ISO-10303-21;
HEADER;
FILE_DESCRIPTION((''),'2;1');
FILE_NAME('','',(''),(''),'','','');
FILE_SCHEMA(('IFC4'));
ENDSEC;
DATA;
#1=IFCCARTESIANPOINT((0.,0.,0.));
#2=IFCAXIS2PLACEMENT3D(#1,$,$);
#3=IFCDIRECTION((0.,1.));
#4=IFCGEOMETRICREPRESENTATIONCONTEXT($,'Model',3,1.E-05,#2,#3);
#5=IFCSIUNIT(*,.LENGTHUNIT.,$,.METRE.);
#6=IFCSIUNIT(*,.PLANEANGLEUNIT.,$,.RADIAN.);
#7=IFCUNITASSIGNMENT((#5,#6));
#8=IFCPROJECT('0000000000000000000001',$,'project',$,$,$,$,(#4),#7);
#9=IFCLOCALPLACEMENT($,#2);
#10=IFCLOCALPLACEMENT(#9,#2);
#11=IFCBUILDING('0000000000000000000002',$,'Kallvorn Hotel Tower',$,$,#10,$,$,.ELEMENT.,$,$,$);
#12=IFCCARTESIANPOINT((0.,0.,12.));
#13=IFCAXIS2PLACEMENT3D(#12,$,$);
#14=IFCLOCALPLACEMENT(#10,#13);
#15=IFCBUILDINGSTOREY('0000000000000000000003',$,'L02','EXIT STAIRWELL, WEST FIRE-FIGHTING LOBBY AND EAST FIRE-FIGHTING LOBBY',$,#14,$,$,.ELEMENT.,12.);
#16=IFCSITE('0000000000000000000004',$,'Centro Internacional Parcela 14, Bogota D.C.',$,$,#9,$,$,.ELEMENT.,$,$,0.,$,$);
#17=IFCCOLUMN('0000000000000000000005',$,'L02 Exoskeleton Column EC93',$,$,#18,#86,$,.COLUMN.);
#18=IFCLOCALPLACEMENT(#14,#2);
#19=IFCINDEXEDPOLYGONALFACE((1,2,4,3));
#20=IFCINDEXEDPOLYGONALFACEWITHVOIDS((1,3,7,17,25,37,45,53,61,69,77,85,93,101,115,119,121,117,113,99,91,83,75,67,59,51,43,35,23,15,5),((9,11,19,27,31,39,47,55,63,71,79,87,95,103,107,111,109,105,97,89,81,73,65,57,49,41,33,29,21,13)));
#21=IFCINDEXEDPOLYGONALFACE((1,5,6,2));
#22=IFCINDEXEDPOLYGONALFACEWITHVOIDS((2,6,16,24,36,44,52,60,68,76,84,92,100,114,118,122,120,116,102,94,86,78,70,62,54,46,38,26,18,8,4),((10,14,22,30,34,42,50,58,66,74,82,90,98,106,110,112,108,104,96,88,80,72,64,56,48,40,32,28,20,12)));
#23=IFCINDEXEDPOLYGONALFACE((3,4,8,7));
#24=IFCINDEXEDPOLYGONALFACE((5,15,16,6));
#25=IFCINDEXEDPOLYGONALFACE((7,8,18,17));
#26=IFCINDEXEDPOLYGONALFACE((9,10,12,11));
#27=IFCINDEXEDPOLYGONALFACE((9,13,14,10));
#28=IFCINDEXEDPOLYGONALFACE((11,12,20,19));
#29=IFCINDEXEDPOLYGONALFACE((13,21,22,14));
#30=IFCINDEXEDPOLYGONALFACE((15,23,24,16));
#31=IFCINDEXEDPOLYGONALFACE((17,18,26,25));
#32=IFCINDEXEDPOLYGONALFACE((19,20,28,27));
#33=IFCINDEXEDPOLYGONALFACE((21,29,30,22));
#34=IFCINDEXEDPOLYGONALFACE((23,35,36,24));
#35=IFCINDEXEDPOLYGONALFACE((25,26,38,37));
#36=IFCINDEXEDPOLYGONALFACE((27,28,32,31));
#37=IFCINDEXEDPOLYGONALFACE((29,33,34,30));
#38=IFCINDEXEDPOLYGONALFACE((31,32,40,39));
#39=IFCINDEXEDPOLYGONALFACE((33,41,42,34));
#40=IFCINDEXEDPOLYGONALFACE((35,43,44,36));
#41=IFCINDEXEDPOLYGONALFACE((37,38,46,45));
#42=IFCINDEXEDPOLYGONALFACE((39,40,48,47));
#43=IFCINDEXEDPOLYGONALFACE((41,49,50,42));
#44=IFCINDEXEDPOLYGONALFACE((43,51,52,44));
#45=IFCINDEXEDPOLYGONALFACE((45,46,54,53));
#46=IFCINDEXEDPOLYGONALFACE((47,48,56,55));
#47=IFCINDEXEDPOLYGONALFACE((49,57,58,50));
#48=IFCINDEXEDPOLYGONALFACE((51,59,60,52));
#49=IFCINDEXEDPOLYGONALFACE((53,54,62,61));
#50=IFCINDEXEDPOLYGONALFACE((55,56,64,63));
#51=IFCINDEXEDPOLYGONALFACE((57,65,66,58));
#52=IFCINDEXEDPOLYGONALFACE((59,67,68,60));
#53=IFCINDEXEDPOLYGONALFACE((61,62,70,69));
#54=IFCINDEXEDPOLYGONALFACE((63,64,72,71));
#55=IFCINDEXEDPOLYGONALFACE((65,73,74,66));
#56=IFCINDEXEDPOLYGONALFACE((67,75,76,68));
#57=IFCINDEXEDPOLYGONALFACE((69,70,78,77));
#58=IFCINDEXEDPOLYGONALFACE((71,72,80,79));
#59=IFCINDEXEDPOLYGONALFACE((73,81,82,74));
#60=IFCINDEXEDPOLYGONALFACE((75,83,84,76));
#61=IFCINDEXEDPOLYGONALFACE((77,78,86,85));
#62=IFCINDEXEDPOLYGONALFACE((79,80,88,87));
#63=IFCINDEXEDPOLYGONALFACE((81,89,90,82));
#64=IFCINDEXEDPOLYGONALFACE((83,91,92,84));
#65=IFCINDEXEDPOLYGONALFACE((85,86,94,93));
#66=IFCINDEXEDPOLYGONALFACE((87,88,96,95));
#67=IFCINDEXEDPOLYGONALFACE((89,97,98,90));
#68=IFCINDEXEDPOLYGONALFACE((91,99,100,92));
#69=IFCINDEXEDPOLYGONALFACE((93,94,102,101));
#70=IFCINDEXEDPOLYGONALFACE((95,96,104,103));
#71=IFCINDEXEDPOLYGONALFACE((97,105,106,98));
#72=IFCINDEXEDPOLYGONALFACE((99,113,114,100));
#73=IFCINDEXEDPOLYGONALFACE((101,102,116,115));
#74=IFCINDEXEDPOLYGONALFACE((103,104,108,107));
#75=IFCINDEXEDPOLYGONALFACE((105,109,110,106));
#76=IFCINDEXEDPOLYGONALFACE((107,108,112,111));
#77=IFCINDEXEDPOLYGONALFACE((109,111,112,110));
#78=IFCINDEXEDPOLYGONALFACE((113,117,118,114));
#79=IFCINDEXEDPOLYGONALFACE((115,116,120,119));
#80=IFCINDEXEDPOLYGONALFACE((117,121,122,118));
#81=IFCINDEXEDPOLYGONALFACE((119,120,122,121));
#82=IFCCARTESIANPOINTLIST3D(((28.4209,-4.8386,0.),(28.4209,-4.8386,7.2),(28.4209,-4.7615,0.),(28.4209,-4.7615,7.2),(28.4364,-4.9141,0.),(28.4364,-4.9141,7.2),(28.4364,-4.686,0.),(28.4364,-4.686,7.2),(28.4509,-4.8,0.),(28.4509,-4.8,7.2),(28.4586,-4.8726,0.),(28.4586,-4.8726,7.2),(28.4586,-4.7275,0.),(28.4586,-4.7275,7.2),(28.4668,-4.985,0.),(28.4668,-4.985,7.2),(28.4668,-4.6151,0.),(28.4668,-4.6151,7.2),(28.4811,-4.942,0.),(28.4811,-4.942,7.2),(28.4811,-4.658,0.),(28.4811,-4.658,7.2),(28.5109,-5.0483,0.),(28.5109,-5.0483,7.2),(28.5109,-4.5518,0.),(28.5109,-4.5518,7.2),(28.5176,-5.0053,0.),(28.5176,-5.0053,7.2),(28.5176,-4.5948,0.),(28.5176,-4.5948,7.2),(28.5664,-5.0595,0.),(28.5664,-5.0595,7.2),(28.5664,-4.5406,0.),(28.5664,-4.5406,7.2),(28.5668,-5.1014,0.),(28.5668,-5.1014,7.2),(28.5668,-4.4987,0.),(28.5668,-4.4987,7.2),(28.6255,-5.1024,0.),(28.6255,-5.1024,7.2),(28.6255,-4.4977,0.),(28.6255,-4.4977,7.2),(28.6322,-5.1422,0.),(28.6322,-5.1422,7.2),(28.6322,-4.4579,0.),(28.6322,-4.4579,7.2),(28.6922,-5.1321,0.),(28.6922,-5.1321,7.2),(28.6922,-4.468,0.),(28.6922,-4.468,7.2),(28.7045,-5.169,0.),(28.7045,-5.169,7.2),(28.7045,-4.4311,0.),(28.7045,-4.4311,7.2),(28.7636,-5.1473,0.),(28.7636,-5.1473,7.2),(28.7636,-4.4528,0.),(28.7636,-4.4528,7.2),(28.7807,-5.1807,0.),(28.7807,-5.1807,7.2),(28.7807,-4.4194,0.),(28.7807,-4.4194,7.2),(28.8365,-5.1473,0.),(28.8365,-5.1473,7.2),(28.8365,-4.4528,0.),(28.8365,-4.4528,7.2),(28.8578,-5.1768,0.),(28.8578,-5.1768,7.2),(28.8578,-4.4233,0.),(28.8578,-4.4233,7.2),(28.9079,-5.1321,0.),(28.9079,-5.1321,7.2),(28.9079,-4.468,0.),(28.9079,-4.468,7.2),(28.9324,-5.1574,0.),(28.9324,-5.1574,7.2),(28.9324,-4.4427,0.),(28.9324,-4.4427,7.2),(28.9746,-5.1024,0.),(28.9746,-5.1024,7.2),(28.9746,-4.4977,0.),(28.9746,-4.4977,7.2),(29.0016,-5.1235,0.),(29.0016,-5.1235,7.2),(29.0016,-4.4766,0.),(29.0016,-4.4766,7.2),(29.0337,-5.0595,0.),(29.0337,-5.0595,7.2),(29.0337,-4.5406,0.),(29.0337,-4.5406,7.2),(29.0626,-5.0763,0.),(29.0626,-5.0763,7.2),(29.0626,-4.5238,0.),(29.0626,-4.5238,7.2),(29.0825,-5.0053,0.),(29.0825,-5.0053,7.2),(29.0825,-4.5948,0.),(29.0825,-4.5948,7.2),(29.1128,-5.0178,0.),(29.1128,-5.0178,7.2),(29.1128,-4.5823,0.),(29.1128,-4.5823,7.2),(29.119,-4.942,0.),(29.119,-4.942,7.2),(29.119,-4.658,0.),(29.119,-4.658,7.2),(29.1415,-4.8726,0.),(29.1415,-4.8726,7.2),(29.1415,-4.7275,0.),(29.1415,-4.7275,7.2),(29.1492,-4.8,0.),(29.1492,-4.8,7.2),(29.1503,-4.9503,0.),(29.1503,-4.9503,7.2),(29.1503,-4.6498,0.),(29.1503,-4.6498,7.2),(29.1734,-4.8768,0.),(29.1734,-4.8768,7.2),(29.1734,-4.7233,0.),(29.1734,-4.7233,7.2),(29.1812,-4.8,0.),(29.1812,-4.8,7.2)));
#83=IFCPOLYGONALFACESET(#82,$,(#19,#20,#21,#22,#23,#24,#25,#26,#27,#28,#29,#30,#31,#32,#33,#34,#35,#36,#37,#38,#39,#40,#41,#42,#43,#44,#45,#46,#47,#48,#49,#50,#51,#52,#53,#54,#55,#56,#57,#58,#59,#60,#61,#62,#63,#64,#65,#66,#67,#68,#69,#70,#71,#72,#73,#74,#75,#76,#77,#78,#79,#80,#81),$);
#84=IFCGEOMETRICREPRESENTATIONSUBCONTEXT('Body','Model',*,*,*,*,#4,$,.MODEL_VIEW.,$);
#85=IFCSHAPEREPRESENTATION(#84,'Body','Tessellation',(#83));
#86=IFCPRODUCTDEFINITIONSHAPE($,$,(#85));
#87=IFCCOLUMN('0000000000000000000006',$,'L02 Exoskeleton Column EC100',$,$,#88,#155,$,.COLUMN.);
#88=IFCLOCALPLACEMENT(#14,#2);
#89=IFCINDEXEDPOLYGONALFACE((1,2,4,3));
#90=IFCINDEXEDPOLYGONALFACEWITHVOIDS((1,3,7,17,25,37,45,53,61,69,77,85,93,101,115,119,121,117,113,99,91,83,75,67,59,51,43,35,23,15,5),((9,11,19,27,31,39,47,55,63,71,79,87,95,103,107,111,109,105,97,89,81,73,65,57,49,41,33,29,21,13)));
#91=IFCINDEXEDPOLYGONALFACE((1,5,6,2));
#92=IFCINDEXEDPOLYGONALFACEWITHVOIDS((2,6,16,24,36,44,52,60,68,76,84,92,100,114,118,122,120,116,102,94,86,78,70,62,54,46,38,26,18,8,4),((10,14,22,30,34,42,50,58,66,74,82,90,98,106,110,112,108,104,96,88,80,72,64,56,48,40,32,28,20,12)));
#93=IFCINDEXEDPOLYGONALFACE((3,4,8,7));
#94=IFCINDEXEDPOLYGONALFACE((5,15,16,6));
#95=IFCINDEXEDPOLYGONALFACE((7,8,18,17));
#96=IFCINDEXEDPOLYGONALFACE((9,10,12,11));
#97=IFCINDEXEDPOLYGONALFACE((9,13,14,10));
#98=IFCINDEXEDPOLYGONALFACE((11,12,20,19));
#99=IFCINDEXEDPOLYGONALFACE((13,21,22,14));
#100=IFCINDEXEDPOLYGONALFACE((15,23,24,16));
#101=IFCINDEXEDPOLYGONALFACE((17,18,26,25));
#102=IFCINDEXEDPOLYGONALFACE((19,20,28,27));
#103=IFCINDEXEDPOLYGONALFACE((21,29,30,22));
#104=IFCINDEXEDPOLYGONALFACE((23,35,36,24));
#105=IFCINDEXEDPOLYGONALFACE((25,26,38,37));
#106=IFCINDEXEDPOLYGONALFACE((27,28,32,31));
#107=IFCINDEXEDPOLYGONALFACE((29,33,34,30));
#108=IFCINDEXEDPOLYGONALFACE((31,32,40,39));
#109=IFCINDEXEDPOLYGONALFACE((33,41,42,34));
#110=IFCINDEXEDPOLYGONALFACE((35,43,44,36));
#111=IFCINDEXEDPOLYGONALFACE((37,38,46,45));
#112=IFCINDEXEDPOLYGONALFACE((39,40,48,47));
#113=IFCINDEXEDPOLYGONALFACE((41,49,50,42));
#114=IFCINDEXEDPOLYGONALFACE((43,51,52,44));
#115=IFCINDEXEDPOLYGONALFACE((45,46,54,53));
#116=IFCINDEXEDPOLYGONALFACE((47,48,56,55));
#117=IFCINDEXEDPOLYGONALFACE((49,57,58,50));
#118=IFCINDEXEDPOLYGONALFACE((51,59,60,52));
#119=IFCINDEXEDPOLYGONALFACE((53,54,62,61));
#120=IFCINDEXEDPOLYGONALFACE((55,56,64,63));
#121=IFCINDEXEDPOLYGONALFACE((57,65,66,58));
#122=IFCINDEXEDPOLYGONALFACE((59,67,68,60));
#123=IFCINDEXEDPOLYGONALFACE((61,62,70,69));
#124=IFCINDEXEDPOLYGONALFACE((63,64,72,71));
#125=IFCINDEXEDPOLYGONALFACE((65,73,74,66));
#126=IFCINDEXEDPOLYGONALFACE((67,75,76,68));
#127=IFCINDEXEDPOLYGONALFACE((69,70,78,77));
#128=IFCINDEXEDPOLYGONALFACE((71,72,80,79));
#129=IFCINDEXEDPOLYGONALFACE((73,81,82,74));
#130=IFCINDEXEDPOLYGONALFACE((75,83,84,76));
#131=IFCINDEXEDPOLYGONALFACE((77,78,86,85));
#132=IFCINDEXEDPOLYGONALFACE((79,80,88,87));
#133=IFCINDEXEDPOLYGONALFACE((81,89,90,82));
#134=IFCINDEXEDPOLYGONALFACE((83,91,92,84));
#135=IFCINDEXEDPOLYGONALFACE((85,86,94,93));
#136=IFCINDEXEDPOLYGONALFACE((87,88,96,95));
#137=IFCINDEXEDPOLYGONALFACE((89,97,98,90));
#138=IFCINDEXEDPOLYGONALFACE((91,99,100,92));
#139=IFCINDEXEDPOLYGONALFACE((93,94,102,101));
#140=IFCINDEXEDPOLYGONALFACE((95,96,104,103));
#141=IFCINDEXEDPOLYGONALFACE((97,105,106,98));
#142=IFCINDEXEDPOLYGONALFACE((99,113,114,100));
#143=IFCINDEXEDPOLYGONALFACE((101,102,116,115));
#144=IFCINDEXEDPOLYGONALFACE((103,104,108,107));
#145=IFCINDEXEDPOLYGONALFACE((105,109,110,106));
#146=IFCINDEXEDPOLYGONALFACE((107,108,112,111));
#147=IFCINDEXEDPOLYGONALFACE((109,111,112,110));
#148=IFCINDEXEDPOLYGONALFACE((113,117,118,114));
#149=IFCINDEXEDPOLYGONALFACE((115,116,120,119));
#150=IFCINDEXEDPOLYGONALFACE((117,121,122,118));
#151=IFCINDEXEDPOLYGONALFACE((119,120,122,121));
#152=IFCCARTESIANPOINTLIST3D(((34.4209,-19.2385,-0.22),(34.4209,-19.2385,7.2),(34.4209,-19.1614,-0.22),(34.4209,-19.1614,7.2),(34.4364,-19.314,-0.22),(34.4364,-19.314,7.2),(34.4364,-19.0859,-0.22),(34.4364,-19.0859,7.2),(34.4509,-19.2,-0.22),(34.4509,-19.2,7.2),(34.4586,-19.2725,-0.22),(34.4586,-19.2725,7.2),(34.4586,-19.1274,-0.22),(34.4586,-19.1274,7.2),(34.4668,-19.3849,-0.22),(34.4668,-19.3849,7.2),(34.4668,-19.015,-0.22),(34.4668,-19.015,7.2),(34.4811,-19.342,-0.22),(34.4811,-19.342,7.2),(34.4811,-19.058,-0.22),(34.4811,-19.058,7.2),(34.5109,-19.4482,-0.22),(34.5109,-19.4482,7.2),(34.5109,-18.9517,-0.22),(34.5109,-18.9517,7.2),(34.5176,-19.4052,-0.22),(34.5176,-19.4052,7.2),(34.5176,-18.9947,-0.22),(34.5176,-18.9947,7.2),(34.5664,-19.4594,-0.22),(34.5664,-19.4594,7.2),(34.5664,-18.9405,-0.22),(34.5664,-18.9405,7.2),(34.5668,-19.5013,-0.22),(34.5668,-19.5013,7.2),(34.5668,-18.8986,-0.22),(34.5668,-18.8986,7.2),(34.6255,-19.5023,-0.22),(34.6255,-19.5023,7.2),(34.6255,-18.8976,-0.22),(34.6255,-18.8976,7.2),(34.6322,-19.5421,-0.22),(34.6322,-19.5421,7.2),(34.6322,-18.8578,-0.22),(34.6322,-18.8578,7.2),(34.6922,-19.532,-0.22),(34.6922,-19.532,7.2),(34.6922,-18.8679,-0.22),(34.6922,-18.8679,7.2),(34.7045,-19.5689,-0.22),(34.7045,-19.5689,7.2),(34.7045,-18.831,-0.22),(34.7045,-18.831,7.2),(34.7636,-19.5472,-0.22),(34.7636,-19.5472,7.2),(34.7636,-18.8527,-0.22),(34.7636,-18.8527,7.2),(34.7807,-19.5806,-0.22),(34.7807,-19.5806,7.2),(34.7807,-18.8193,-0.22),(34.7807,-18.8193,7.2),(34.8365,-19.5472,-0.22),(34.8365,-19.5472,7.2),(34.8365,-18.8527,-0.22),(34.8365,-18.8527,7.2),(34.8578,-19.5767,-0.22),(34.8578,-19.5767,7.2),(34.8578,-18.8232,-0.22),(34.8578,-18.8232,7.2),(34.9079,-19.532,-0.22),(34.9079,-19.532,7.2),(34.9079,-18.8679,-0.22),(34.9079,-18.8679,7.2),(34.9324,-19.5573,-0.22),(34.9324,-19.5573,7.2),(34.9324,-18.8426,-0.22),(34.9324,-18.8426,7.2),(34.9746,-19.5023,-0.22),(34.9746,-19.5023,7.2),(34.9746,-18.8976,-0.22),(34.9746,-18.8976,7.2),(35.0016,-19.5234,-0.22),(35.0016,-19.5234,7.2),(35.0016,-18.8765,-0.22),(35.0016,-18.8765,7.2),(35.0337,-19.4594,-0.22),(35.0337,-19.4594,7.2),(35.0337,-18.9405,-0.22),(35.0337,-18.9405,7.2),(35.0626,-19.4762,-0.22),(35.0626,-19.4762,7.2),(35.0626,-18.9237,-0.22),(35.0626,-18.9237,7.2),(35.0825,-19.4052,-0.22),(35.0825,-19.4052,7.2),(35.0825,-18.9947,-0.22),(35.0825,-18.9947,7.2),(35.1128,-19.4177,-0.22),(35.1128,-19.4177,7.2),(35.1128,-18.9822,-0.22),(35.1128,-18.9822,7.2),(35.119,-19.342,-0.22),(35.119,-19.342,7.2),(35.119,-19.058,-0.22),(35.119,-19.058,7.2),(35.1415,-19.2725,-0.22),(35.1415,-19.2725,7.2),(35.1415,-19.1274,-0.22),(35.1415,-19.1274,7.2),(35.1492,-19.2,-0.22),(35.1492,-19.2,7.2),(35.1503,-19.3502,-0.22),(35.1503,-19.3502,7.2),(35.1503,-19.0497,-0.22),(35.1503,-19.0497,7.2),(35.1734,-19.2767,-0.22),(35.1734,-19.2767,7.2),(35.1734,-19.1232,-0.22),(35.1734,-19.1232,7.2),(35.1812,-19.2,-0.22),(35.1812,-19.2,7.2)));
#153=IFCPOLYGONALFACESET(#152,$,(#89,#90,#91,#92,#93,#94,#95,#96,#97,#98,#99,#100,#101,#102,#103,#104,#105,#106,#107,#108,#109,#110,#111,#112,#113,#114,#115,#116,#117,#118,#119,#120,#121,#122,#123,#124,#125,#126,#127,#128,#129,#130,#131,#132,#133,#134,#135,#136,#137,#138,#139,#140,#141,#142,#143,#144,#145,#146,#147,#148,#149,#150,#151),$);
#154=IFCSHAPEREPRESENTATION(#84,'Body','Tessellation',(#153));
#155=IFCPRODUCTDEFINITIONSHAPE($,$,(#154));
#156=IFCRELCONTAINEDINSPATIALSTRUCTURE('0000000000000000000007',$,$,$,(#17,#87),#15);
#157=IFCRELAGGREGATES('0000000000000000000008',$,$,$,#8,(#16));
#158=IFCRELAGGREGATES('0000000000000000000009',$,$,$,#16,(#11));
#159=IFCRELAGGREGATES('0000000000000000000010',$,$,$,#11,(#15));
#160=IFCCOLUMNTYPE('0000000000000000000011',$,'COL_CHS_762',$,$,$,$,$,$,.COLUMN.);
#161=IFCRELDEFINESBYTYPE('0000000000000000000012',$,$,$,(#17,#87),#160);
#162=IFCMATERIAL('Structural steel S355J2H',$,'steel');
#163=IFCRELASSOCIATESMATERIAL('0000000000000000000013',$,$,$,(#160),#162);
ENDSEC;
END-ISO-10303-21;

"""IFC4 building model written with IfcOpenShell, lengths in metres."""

from ifc_helpers import new_model, si_unit, direction, frame, origin, origin_2d, place, context, subcontext, project, spatial, hollow_circle, extrude, material, material_profile, profile_set, type_object, element, save


model = new_model("IFC4")

# Units and contexts
model_context = context("Model", 3, precision=1e-05, world=origin(), true_north=direction((0.0, 1.0)))
body_context = subcontext(model_context, "Body", "Model", "MODEL_VIEW")
ifc_project = project(units=[si_unit("LENGTHUNIT", "METRE"), si_unit("PLANEANGLEUNIT", "RADIAN")], contexts=[model_context])

# Site, building, storey
site_placement = place(None, origin())
site = spatial("IfcSite", under=ifc_project, at=site_placement, Name="Centro Internacional Parcela 14, Bogota D.C.", CompositionType="ELEMENT", RefElevation=0.0)
building_placement = place(site_placement, origin())
building = spatial("IfcBuilding", under=site, at=building_placement, Name="Kallvorn Hotel Tower", CompositionType="ELEMENT")
storey_placement = place(building_placement, frame((0.0, 0.0, 12.0)))
storey = spatial("IfcBuildingStorey", under=building, at=storey_placement, Name="L02", Description="EXIT STAIRWELL, WEST FIRE-FIGHTING LOBBY AND EAST FIRE-FIGHTING LOBBY", CompositionType="ELEMENT", Elevation=12.0)

# Columns
ifc_material_1 = material(Name="Structural steel S355J2H", Category="steel")
ifc_material_profile_1 = material_profile(ifc_material_1, hollow_circle(Radius=0.3811, WallThickness=0.032, at=origin_2d()), Name="CHS 762x32")
ifc_profile_set_1 = profile_set([ifc_material_profile_1], Name="Structural steel S355J2H")
column_type = type_object("IfcColumnType", Name="COL_CHS_762", PredefinedType="COLUMN", material=ifc_profile_set_1)
for number, where, z_axis, x_axis, name in (
    (1, (28.8, -4.8, 0.0), (0.0, 0.0, 1.0), (1.0, 0.0, 0.0), "L02 Exoskeleton Column EC93"),
):
    element("IfcColumn", number, at=place(storey_placement, frame(where, z_axis=z_axis, x_axis=x_axis)), inside=storey, type_object=column_type, Name=name, PredefinedType="COLUMN", context=body_context, shape_type="SweptSolid", body=[
        extrude(hollow_circle(Radius=0.3811, WallThickness=0.032, at=origin_2d()), origin(), (0.0, 0.0, 1.0), 7.2),
    ])
for number, where, z_axis, x_axis, name in (
    (2, (34.8, -19.2, -0.22), (0.0, 0.0, 1.0), (1.0, 0.0, 0.0), "L02 Exoskeleton Column EC100"),
):
    element("IfcColumn", number, at=place(storey_placement, frame(where, z_axis=z_axis, x_axis=x_axis)), inside=storey, type_object=column_type, Name=name, PredefinedType="COLUMN", context=body_context, shape_type="SweptSolid", body=[
        extrude(hollow_circle(Radius=0.3811, WallThickness=0.032, at=origin_2d()), origin(), (0.0, 0.0, 1.0), 7.4199),
    ])

save(model, "model.ifc")
